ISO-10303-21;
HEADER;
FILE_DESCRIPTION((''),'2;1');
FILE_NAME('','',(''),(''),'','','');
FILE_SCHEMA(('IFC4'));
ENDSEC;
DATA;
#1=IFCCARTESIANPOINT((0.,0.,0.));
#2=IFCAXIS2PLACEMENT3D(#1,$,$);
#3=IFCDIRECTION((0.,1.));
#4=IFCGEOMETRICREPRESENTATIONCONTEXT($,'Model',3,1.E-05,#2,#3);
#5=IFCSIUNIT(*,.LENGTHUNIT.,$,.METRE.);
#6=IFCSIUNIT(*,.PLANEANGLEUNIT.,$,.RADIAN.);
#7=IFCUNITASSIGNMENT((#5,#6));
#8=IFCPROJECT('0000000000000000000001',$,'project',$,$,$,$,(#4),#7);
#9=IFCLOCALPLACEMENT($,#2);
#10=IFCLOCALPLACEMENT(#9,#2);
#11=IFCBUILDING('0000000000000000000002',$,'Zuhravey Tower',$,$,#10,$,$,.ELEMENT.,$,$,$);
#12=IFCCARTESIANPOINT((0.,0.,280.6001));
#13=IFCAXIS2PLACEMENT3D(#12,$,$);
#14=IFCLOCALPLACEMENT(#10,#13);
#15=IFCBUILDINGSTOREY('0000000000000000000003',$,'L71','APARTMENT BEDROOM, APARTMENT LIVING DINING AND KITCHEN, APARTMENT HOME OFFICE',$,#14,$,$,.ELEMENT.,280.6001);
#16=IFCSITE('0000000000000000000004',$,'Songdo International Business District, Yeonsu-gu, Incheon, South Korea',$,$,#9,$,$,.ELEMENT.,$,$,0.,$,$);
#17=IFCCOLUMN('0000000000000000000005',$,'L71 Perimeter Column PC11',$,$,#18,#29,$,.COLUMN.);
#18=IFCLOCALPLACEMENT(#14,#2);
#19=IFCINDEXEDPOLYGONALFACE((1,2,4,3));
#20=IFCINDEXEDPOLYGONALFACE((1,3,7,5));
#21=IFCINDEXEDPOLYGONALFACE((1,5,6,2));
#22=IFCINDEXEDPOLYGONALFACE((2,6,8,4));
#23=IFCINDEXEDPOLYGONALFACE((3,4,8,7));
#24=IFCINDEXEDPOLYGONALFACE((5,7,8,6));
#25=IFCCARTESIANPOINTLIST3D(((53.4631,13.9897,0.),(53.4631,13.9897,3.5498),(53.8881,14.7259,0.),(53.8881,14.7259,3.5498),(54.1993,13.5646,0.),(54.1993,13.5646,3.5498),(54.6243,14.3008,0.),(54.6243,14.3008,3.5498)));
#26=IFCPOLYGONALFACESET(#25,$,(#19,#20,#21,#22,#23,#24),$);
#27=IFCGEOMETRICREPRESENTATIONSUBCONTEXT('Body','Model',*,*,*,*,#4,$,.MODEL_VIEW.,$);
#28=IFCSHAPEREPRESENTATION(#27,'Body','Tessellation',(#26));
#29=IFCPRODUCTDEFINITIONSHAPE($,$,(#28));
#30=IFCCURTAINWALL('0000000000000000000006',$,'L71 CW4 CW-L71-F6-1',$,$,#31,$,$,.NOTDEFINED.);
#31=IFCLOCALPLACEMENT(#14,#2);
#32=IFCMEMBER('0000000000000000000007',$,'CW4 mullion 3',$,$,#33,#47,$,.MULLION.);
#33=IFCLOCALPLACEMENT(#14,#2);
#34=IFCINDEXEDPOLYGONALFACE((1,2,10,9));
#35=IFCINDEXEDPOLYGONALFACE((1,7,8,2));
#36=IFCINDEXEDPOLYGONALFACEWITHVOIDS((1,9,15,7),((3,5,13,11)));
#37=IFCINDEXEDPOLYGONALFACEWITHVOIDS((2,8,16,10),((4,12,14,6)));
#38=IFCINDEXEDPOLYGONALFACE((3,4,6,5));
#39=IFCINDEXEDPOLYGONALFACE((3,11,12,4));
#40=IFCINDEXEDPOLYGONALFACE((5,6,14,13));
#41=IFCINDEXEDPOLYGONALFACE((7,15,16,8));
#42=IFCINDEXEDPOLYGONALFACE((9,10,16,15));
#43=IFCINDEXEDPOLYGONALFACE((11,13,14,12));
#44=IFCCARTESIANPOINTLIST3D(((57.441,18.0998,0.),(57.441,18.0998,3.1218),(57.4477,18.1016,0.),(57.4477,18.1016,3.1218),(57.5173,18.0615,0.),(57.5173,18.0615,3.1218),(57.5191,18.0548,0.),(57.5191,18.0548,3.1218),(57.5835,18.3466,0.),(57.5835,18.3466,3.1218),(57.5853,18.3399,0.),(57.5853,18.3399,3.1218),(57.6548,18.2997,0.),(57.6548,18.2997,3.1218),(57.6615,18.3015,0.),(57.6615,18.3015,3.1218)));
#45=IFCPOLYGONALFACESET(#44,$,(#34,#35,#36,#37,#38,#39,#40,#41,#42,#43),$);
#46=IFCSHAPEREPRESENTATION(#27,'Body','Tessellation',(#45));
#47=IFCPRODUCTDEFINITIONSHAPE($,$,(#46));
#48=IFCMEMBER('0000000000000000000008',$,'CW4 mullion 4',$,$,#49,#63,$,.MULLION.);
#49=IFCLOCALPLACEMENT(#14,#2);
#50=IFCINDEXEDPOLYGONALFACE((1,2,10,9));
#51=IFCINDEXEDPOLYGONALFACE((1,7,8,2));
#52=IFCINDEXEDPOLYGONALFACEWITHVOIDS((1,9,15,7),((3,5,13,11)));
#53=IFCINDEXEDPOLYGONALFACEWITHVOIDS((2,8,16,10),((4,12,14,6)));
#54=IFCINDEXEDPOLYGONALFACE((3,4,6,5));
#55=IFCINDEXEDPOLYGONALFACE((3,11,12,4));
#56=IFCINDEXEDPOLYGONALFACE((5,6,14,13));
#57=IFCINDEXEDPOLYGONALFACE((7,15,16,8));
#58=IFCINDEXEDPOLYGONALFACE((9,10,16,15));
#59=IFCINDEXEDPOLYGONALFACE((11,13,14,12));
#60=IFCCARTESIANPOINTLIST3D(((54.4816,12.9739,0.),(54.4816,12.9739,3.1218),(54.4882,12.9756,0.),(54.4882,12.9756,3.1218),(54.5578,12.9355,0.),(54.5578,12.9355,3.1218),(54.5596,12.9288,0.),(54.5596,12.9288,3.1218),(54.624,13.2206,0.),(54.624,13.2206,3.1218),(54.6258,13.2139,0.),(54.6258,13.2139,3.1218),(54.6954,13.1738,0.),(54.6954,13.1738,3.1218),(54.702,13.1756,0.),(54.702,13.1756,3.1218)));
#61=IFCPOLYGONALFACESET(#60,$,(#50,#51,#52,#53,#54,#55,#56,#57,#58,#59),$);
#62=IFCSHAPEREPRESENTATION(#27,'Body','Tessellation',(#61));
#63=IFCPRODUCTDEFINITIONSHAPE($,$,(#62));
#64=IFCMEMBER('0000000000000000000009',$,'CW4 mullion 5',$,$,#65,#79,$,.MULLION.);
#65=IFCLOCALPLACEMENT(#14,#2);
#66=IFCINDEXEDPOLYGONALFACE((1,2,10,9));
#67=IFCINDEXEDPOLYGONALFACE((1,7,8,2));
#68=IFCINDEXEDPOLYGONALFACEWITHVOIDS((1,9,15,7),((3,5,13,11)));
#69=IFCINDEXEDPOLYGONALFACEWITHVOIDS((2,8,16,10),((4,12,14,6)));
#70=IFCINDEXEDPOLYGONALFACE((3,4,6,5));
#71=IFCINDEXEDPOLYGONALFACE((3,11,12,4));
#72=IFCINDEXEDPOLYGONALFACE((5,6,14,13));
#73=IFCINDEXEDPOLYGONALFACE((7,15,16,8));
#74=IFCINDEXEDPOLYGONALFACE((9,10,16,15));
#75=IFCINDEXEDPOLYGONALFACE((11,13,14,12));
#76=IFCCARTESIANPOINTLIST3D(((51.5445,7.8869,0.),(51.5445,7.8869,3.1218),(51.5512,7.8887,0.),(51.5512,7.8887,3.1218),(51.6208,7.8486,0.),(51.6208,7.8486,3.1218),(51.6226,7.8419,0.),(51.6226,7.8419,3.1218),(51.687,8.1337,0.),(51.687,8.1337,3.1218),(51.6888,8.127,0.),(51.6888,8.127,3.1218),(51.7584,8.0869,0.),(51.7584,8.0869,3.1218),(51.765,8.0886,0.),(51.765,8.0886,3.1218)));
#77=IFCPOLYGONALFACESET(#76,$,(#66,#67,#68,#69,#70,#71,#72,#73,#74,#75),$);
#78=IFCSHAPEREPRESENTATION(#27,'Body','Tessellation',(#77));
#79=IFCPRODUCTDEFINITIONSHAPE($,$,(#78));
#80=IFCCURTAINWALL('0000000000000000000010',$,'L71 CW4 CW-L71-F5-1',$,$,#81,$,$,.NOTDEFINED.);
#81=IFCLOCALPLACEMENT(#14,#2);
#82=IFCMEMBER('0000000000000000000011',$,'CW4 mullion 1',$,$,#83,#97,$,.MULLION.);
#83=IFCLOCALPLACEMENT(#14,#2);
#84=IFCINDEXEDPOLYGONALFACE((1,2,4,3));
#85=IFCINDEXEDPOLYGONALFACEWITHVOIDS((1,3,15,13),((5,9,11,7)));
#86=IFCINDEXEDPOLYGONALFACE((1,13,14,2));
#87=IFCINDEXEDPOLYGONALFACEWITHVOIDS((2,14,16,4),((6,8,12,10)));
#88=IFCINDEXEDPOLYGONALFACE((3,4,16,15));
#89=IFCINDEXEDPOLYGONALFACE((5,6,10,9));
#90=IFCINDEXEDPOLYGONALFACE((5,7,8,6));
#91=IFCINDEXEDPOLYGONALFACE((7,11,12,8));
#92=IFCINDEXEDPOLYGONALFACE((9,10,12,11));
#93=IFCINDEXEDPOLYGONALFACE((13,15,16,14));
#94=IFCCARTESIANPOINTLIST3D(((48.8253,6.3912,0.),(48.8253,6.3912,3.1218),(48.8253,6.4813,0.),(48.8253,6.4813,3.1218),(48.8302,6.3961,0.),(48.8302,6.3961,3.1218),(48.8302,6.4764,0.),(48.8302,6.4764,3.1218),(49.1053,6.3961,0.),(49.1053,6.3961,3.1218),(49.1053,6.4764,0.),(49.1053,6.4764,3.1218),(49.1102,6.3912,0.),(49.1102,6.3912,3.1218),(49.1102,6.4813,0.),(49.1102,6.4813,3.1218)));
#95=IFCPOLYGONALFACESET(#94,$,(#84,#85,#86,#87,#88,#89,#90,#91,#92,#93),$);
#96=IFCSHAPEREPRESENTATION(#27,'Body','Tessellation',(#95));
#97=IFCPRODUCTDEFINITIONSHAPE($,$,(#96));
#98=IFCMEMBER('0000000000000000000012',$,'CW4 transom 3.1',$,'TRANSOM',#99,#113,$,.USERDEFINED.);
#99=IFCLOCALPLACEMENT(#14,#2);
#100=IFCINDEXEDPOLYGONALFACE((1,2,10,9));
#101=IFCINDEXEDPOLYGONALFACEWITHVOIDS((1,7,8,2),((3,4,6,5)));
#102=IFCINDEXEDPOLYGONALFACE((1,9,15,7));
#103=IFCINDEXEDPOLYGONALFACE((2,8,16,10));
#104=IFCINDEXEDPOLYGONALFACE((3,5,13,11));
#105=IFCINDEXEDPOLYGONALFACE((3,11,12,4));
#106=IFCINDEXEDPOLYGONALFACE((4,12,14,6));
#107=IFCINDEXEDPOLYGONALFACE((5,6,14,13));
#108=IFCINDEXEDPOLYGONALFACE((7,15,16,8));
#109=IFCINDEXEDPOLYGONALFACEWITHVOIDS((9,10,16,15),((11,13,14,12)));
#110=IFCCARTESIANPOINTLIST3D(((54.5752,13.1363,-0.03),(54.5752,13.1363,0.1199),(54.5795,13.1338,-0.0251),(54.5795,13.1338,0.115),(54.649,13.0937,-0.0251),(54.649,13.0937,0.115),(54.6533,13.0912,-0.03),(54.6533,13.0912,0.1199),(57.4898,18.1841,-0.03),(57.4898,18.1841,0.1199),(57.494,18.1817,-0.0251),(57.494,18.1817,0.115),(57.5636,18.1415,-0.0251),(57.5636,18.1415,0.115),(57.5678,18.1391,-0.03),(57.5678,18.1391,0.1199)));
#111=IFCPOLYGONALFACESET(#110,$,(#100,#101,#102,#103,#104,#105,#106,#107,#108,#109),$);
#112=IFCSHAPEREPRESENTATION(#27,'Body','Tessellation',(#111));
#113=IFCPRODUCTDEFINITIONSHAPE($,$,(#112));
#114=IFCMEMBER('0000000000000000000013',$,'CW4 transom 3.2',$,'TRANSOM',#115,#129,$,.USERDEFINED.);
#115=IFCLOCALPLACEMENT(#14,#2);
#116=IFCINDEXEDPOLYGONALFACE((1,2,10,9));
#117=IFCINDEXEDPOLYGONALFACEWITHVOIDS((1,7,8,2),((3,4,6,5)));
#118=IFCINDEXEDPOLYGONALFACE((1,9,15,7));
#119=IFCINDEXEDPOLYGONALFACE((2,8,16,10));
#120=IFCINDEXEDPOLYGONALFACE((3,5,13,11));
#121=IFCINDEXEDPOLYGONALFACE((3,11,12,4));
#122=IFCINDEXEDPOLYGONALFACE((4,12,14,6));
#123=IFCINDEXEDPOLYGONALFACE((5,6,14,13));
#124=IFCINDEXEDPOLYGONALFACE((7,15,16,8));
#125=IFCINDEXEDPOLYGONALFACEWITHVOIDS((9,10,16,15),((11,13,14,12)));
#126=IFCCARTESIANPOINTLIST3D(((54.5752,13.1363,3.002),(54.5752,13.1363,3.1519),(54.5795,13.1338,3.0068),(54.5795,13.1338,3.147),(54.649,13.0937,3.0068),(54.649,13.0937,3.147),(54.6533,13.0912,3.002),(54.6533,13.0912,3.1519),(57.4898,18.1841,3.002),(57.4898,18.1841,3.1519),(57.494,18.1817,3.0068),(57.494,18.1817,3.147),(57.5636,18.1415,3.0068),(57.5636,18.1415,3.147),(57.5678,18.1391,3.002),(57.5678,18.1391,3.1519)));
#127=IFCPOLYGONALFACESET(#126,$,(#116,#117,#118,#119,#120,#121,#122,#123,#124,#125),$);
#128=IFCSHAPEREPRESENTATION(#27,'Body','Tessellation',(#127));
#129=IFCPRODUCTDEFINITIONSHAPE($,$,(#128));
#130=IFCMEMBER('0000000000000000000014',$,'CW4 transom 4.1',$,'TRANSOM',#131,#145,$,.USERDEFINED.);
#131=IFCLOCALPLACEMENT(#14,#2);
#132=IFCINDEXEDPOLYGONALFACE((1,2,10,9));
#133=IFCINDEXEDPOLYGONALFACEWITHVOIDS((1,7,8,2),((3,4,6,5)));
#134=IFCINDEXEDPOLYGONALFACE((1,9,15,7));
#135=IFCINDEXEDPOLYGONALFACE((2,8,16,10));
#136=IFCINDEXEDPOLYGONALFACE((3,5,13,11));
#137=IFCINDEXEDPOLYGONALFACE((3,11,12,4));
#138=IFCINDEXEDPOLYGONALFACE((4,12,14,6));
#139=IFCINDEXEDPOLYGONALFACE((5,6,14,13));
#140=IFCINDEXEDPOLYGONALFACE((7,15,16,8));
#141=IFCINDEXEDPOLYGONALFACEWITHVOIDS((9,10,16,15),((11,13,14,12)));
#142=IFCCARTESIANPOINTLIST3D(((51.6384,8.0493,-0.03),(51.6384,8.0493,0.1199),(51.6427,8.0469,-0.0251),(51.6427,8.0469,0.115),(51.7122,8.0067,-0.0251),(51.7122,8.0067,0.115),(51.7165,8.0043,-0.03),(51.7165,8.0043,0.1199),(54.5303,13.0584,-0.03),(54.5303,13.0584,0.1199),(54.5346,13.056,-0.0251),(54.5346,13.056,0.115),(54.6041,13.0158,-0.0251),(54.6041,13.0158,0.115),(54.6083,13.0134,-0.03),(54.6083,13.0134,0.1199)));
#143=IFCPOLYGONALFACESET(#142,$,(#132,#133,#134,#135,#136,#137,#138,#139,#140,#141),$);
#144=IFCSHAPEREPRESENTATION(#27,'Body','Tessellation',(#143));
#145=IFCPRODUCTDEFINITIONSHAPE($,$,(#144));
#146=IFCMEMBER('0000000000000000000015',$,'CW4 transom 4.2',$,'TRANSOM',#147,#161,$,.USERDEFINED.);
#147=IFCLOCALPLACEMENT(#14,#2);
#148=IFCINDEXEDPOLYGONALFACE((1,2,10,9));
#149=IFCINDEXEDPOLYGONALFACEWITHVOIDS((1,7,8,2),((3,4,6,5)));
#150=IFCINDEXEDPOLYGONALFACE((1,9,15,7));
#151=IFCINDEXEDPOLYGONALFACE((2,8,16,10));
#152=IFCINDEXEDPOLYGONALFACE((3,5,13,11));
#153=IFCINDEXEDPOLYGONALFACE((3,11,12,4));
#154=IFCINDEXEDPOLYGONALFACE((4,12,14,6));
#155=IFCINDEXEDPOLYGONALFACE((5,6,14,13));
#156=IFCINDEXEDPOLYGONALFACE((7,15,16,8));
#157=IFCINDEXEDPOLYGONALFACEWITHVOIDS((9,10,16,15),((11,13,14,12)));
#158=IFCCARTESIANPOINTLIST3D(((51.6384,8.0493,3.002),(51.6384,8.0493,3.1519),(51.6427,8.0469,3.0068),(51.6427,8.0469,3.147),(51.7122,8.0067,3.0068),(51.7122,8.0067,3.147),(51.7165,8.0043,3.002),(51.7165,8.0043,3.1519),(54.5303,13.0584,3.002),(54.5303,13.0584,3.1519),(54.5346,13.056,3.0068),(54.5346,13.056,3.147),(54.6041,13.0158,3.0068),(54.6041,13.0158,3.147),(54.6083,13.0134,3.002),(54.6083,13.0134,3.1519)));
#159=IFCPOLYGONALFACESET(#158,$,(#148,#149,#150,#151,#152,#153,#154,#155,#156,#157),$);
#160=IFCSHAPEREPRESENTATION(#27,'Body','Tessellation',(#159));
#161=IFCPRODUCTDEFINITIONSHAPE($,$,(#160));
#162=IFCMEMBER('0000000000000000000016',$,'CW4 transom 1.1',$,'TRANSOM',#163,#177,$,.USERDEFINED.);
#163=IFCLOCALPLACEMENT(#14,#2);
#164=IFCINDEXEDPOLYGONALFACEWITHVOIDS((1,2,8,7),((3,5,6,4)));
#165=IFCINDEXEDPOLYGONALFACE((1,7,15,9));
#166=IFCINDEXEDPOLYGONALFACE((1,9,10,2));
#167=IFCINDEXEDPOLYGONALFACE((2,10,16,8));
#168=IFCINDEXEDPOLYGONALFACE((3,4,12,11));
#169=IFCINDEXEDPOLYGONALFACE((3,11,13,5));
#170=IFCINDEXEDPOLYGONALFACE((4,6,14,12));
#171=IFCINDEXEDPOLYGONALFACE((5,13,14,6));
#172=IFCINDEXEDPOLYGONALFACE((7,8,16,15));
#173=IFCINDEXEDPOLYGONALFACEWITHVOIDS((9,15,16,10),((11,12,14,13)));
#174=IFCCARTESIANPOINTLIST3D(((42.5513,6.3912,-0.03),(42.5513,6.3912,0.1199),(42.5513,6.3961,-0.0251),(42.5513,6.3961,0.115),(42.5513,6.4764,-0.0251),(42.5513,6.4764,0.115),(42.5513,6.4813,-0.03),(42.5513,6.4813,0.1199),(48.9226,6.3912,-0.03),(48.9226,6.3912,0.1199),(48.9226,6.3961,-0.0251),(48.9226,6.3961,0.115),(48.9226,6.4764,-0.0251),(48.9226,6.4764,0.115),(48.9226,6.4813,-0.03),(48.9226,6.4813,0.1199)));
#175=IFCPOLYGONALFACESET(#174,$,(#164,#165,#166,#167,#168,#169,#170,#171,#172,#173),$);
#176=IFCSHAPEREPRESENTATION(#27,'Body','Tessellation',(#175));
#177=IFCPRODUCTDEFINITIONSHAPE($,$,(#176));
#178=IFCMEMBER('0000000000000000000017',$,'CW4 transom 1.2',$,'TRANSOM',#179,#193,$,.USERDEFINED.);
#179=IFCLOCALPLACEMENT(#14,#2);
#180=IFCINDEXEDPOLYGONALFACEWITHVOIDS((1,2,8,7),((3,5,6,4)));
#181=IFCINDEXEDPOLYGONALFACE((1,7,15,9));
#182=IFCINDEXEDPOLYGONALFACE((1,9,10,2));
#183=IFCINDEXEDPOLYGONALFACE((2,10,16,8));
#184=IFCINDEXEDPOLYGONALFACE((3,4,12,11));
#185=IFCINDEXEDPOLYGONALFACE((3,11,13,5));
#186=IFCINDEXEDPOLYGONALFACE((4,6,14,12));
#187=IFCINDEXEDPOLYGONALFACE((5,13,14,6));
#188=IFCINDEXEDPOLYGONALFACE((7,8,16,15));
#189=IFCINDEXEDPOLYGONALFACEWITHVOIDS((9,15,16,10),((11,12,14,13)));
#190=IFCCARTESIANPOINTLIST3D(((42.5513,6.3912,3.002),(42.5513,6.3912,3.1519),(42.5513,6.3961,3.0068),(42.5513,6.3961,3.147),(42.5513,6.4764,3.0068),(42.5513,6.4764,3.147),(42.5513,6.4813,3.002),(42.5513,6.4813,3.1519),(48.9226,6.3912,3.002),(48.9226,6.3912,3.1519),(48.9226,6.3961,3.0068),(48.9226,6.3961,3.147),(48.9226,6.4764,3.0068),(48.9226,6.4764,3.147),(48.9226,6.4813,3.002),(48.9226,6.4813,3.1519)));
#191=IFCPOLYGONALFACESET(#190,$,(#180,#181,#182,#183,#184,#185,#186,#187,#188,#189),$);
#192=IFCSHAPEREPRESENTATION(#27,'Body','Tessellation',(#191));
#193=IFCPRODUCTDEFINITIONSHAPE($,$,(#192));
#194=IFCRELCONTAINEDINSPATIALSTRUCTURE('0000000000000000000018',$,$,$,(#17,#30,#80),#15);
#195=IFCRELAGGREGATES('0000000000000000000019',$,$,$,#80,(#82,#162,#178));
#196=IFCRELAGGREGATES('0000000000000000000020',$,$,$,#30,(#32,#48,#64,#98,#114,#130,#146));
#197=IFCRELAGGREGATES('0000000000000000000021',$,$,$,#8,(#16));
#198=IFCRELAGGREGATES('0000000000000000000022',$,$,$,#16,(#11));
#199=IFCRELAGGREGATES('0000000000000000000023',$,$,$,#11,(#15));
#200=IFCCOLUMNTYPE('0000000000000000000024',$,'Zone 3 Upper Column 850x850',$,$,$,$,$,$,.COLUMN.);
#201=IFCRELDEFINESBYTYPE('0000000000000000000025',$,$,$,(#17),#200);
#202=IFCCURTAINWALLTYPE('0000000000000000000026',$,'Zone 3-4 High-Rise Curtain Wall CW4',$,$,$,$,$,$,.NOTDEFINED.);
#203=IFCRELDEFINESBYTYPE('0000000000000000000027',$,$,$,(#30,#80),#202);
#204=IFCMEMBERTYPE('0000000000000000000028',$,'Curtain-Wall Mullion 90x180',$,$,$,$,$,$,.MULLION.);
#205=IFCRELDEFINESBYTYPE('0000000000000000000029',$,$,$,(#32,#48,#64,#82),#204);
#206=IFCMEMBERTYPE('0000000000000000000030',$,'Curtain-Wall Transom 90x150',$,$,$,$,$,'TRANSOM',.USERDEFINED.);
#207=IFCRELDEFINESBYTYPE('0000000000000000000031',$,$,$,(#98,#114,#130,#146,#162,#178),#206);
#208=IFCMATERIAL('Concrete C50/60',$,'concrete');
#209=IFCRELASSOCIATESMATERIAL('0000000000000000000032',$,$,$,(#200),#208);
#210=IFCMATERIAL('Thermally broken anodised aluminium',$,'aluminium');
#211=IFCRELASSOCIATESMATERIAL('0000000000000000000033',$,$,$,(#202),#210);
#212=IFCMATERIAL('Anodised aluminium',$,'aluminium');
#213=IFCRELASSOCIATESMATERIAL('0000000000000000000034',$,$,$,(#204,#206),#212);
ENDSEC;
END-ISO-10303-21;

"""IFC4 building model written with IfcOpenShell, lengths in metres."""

from ifc_helpers import new_model, si_unit, direction, frame, origin, origin_2d, place, context, subcontext, project, spatial, rectangle, hollow_rectangle, extrude, material, material_profile, profile_set, type_object, element, aggregate, save


model = new_model("IFC4")

# Units and contexts
model_context = context("Model", 3, precision=1e-05, world=origin(), true_north=direction((0.0, 1.0)))
body_context = subcontext(model_context, "Body", "Model", "MODEL_VIEW")
ifc_project = project(units=[si_unit("LENGTHUNIT", "METRE"), si_unit("PLANEANGLEUNIT", "RADIAN")], contexts=[model_context])

# Site, building, storey
site_placement = place(None, origin())
site = spatial("IfcSite", under=ifc_project, at=site_placement, Name="Songdo International Business District, Yeonsu-gu, Incheon, South Korea", CompositionType="ELEMENT", RefElevation=0.0)
building_placement = place(site_placement, origin())
building = spatial("IfcBuilding", under=site, at=building_placement, Name="Zuhravey Tower", CompositionType="ELEMENT")
storey_placement = place(building_placement, frame((0.0, 0.0, 280.6001)))
storey = spatial("IfcBuildingStorey", under=building, at=storey_placement, Name="L71", Description="APARTMENT BEDROOM, APARTMENT LIVING DINING AND KITCHEN, APARTMENT HOME OFFICE", CompositionType="ELEMENT", Elevation=280.6001)

# Column
ifc_material_1 = material(Name="Concrete C50/60", Category="concrete")
ifc_material_profile_1 = material_profile(ifc_material_1, rectangle(XDim=0.8501, YDim=0.8501, at=origin_2d()), Name="RC-850x850")
ifc_profile_set_1 = profile_set([ifc_material_profile_1], Name="Concrete C50/60")
column_type = type_object("IfcColumnType", Name="Zone 3 Upper Column 850x850", PredefinedType="COLUMN", material=ifc_profile_set_1)
column_placement = place(storey_placement, frame((54.0437, 14.1453, 0.0), z_axis=(0.0, 0.0, 1.0), x_axis=(0.5, 0.866025, 0.0)))
element("IfcColumn", 1, at=column_placement, inside=storey, type_object=column_type, Name="L71 Perimeter Column PC11", PredefinedType="COLUMN", context=body_context, shape_type="SweptSolid", body=[
    extrude(rectangle(XDim=0.8501, YDim=0.8501, at=origin_2d()), origin(), (0.0, 0.0, 1.0), 3.5498),
])

# Curtain wall, members
ifc_material_2 = material(Name="Thermally broken anodised aluminium", Category="aluminium")
curtain_wall_type = type_object("IfcCurtainWallType", Name="Zone 3-4 High-Rise Curtain Wall CW4", PredefinedType="NOTDEFINED", material=ifc_material_2)
curtain_wall_1_placement = place(storey_placement, origin())
curtain_wall_1 = element("IfcCurtainWall", 2, at=curtain_wall_1_placement, inside=storey, type_object=curtain_wall_type, Name="L71 CW4 CW-L71-F6-1", PredefinedType="NOTDEFINED")
ifc_material_3 = material(Name="Anodised aluminium", Category="aluminium")
ifc_material_profile_2 = material_profile(ifc_material_3, hollow_rectangle(XDim=0.0901, YDim=0.2849, WallThickness=0.0049, at=origin_2d()), Name="ALU-RHS-90x285x5")
ifc_profile_set_2 = profile_set([ifc_material_profile_2], Name="Anodised aluminium")
member_type_1 = type_object("IfcMemberType", Name="Curtain-Wall Mullion 90x180", PredefinedType="MULLION", material=ifc_profile_set_2)
member_1_placement = place(storey_placement, frame((57.5513, 18.2007, 0.0), z_axis=(0.0, 0.0, 1.0), x_axis=(0.866024, -0.500002, 0.0)))
member_1 = element("IfcMember", 3, at=member_1_placement, type_object=member_type_1, Name="CW4 mullion 3", PredefinedType="MULLION", context=body_context, shape_type="SweptSolid", body=[
    extrude(hollow_rectangle(XDim=0.0901, YDim=0.2849, WallThickness=0.0049, at=origin_2d()), origin(), (0.0, 0.0, 1.0), 3.1218),
])
member_2_placement = place(storey_placement, frame((54.5918, 13.0747, 0.0), z_axis=(0.0, 0.0, 1.0), x_axis=(0.866024, -0.500002, 0.0)))
member_2 = element("IfcMember", 4, at=member_2_placement, type_object=member_type_1, Name="CW4 mullion 4", PredefinedType="MULLION", context=body_context, shape_type="SweptSolid", body=[
    extrude(hollow_rectangle(XDim=0.0901, YDim=0.2849, WallThickness=0.0049, at=origin_2d()), origin(), (0.0, 0.0, 1.0), 3.1218),
])
member_3_placement = place(storey_placement, frame((51.6548, 7.9878, 0.0), z_axis=(0.0, 0.0, 1.0), x_axis=(0.866024, -0.500002, 0.0)))
member_3 = element("IfcMember", 5, at=member_3_placement, type_object=member_type_1, Name="CW4 mullion 5", PredefinedType="MULLION", context=body_context, shape_type="SweptSolid", body=[
    extrude(hollow_rectangle(XDim=0.0901, YDim=0.2849, WallThickness=0.0049, at=origin_2d()), origin(), (0.0, 0.0, 1.0), 3.1218),
])

# Curtain wall, member
curtain_wall_2_placement = place(storey_placement, origin())
curtain_wall_2 = element("IfcCurtainWall", 6, at=curtain_wall_2_placement, inside=storey, type_object=curtain_wall_type, Name="L71 CW4 CW-L71-F5-1", PredefinedType="NOTDEFINED")
member_4_placement = place(storey_placement, frame((48.9678, 6.4363, 0.0), z_axis=(0.0, 0.0, 1.0), x_axis=(0.0, -1.0, 0.0)))
member_4 = element("IfcMember", 7, at=member_4_placement, type_object=member_type_1, Name="CW4 mullion 1", PredefinedType="MULLION", context=body_context, shape_type="SweptSolid", body=[
    extrude(hollow_rectangle(XDim=0.0901, YDim=0.2849, WallThickness=0.0049, at=origin_2d()), origin(), (0.0, 0.0, 1.0), 3.1218),
])

# Members
ifc_material_profile_3 = material_profile(ifc_material_3, hollow_rectangle(XDim=0.0901, YDim=0.1499, WallThickness=0.0049, at=origin_2d()), Name="ALU-RHS-90x150x5")
ifc_profile_set_3 = profile_set([ifc_material_profile_3], Name="Anodised aluminium")
member_type_2 = type_object("IfcMemberType", Name="Curtain-Wall Transom 90x150", ElementType="TRANSOM", PredefinedType="USERDEFINED", material=ifc_profile_set_3)
member_5_placement = place(storey_placement, frame((57.5288, 18.1616, 0.0449), z_axis=(-0.500022, -0.866013, 0.0), x_axis=(0.866013, -0.500022, 0.0)))
member_5 = element("IfcMember", 8, at=member_5_placement, type_object=member_type_2, Name="CW4 transom 3.1", ObjectType="TRANSOM", PredefinedType="USERDEFINED", context=body_context, shape_type="SweptSolid", body=[
    extrude(hollow_rectangle(XDim=0.0901, YDim=0.1499, WallThickness=0.0049, at=origin_2d()), origin(), (0.0, 0.0, 1.0), 5.8289),
])
member_6_placement = place(storey_placement, frame((57.5288, 18.1616, 3.0769), z_axis=(-0.500022, -0.866013, 0.0), x_axis=(0.866013, -0.500022, 0.0)))
member_6 = element("IfcMember", 9, at=member_6_placement, type_object=member_type_2, Name="CW4 transom 3.2", ObjectType="TRANSOM", PredefinedType="USERDEFINED", context=body_context, shape_type="SweptSolid", body=[
    extrude(hollow_rectangle(XDim=0.0901, YDim=0.1499, WallThickness=0.0049, at=origin_2d()), origin(), (0.0, 0.0, 1.0), 5.8289),
])
member_7_placement = place(storey_placement, frame((54.5693, 13.0359, 0.0449), z_axis=(-0.499984, -0.866034, 0.0), x_axis=(0.866034, -0.499984, 0.0)))
member_7 = element("IfcMember", 10, at=member_7_placement, type_object=member_type_2, Name="CW4 transom 4.1", ObjectType="TRANSOM", PredefinedType="USERDEFINED", context=body_context, shape_type="SweptSolid", body=[
    extrude(hollow_rectangle(XDim=0.0901, YDim=0.1499, WallThickness=0.0049, at=origin_2d()), origin(), (0.0, 0.0, 1.0), 5.7839),
])
member_8_placement = place(storey_placement, frame((54.5693, 13.0359, 3.0769), z_axis=(-0.499984, -0.866034, 0.0), x_axis=(0.866034, -0.499984, 0.0)))
member_8 = element("IfcMember", 11, at=member_8_placement, type_object=member_type_2, Name="CW4 transom 4.2", ObjectType="TRANSOM", PredefinedType="USERDEFINED", context=body_context, shape_type="SweptSolid", body=[
    extrude(hollow_rectangle(XDim=0.0901, YDim=0.1499, WallThickness=0.0049, at=origin_2d()), origin(), (0.0, 0.0, 1.0), 5.7839),
])
member_9_placement = place(storey_placement, frame((48.9226, 6.4363, 0.0449), z_axis=(-1.0, 0.0, 0.0), x_axis=(0.0, -1.0, 0.0)))
member_9 = element("IfcMember", 12, at=member_9_placement, type_object=member_type_2, Name="CW4 transom 1.1", ObjectType="TRANSOM", PredefinedType="USERDEFINED", context=body_context, shape_type="SweptSolid", body=[
    extrude(hollow_rectangle(XDim=0.0901, YDim=0.1499, WallThickness=0.0049, at=origin_2d()), origin(), (0.0, 0.0, 1.0), 6.3713),
])
member_10_placement = place(storey_placement, frame((48.9226, 6.4363, 3.0769), z_axis=(-1.0, 0.0, 0.0), x_axis=(0.0, -1.0, 0.0)))
member_10 = element("IfcMember", 13, at=member_10_placement, type_object=member_type_2, Name="CW4 transom 1.2", ObjectType="TRANSOM", PredefinedType="USERDEFINED", context=body_context, shape_type="SweptSolid", body=[
    extrude(hollow_rectangle(XDim=0.0901, YDim=0.1499, WallThickness=0.0049, at=origin_2d()), origin(), (0.0, 0.0, 1.0), 6.3713),
])
aggregate(curtain_wall_2, [member_4, member_9, member_10])

aggregate(curtain_wall_1, [member_1, member_2, member_3, member_5, member_6, member_7, member_8])

save(model, "model.ifc")
